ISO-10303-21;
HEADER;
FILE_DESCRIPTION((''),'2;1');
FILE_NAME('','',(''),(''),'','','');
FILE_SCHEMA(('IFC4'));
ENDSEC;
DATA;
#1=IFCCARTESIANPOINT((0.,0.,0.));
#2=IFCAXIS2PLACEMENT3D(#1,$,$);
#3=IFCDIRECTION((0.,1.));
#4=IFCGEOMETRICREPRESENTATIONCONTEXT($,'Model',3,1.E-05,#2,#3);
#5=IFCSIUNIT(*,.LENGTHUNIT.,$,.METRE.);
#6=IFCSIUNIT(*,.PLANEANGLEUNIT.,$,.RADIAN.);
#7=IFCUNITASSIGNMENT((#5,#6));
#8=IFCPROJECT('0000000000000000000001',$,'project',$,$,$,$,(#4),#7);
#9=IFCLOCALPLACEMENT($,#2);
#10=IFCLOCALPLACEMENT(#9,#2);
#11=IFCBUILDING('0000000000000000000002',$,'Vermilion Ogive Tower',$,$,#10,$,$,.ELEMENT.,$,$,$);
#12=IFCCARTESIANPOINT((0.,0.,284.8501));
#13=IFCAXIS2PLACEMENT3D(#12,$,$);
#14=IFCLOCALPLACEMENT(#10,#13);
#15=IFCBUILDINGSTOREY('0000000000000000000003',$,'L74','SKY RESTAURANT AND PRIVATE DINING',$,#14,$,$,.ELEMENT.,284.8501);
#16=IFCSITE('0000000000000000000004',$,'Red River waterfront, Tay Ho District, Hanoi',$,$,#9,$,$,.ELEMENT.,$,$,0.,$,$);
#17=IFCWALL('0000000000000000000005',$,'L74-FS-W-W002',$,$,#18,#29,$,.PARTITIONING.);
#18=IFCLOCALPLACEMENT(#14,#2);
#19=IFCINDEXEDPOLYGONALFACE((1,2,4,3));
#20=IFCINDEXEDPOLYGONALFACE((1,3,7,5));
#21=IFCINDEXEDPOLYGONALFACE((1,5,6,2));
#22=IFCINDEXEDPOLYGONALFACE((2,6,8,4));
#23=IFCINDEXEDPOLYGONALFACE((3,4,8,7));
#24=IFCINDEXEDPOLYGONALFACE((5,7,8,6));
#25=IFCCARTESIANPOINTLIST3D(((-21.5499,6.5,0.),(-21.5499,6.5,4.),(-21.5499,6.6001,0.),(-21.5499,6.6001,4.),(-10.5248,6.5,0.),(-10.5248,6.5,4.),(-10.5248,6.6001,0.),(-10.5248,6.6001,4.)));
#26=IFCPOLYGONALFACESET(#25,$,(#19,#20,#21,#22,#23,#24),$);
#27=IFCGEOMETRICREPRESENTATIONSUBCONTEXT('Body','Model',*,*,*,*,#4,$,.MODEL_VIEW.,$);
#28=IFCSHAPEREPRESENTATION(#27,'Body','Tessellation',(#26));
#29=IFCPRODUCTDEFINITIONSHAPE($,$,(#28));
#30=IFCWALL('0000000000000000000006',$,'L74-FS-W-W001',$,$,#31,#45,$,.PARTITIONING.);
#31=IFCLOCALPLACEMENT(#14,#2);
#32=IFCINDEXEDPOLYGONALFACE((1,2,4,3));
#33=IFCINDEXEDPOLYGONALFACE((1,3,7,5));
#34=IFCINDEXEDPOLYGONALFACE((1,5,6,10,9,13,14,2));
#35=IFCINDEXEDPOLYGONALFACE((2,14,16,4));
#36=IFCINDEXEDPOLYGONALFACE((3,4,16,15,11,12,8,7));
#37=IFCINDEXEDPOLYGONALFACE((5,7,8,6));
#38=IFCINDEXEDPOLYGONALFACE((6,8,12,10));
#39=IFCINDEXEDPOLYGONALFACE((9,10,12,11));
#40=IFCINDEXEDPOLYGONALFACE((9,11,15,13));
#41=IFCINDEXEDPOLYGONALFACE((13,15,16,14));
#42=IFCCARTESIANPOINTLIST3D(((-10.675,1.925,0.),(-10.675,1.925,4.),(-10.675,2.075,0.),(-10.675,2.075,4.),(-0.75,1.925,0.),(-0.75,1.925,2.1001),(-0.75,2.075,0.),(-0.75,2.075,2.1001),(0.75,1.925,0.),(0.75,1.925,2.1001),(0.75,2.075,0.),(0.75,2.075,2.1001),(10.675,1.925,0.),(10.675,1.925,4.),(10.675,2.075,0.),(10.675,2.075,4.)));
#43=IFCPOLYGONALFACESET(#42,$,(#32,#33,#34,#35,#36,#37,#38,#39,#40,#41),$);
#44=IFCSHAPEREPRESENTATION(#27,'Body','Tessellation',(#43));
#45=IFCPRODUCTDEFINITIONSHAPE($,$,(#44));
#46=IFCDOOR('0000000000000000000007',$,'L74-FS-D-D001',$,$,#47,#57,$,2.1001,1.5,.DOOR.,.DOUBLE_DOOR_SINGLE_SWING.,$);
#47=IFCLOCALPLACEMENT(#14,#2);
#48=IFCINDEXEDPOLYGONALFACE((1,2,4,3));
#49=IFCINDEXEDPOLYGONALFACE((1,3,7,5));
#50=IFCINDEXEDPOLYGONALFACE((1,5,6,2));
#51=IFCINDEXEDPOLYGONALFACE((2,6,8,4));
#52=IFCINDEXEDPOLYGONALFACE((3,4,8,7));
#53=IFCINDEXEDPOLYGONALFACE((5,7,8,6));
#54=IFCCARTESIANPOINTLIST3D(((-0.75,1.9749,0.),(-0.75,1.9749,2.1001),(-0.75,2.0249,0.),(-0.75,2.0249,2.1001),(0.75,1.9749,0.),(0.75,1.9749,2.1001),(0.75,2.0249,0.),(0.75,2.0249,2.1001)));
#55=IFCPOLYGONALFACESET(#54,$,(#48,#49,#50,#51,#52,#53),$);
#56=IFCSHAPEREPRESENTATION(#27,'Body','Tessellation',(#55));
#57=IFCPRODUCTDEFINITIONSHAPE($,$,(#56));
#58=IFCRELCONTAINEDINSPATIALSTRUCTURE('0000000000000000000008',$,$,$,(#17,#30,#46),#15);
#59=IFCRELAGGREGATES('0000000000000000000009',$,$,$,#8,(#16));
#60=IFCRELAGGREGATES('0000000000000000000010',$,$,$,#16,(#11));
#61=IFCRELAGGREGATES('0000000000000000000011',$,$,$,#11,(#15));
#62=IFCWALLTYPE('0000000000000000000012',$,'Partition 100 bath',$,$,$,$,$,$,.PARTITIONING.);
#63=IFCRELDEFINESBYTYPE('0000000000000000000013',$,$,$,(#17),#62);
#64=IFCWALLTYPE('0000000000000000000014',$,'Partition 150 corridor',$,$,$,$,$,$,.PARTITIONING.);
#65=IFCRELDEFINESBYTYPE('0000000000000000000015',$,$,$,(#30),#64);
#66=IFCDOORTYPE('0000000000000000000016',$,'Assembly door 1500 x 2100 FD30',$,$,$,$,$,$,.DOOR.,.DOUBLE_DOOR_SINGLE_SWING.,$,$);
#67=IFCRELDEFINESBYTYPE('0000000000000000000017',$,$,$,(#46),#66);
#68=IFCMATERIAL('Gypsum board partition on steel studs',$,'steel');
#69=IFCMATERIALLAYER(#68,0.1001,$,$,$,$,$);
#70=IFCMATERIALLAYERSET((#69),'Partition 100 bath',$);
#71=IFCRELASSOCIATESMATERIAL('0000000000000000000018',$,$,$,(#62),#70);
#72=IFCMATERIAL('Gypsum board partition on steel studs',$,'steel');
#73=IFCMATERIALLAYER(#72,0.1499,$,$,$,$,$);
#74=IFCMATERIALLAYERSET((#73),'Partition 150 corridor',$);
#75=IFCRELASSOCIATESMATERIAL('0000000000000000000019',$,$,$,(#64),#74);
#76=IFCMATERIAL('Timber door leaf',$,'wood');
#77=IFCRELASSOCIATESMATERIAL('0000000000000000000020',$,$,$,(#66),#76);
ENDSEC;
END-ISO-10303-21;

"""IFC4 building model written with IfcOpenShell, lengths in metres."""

from ifc_helpers import new_model, si_unit, direction, frame, frame_2d, origin, place, context, subcontext, project, spatial, rectangle, extrude, material, layer, layer_set, type_object, element, fill, save


model = new_model("IFC4")

# Units and contexts
model_context = context("Model", 3, precision=1e-05, world=origin(), true_north=direction((0.0, 1.0)))
body_context = subcontext(model_context, "Body", "Model", "MODEL_VIEW")
ifc_project = project(units=[si_unit("LENGTHUNIT", "METRE"), si_unit("PLANEANGLEUNIT", "RADIAN")], contexts=[model_context])

# Site, building, storey
site_placement = place(None, origin())
site = spatial("IfcSite", under=ifc_project, at=site_placement, Name="Red River waterfront, Tay Ho District, Hanoi", CompositionType="ELEMENT", RefElevation=0.0)
building_placement = place(site_placement, origin())
building = spatial("IfcBuilding", under=site, at=building_placement, Name="Vermilion Ogive Tower", CompositionType="ELEMENT")
storey_placement = place(building_placement, frame((0.0, 0.0, 284.8501)))
storey = spatial("IfcBuildingStorey", under=building, at=storey_placement, Name="L74", Description="SKY RESTAURANT AND PRIVATE DINING", CompositionType="ELEMENT", Elevation=284.8501)

# Wall
ifc_material_1 = material(Name="Gypsum board partition on steel studs", Category="steel")
ifc_layer_1 = layer(ifc_material_1, 0.1001)
ifc_layer_set_1 = layer_set([ifc_layer_1], Name="Partition 100 bath")
wall_type_1 = type_object("IfcWallType", Name="Partition 100 bath", PredefinedType="PARTITIONING", material=ifc_layer_set_1)
wall_1_placement = place(storey_placement, frame((-21.55, 6.55, 0.0), z_axis=(0.0, 0.0, 1.0), x_axis=(1.0, 0.0, 0.0)))
element("IfcWall", 1, at=wall_1_placement, inside=storey, type_object=wall_type_1, Name="L74-FS-W-W002", PredefinedType="PARTITIONING", context=body_context, shape_type="SweptSolid", body=[
    extrude(rectangle(XDim=11.0251, YDim=0.1001, at=frame_2d((5.5127, 0.0))), origin(), (0.0, 0.0, 1.0), 4.0),
])

# Wall, opening, door
ifc_material_2 = material(Name="Gypsum board partition on steel studs", Category="steel")
ifc_layer_2 = layer(ifc_material_2, 0.1499)
ifc_layer_set_2 = layer_set([ifc_layer_2], Name="Partition 150 corridor")
wall_type_2 = type_object("IfcWallType", Name="Partition 150 corridor", PredefinedType="PARTITIONING", material=ifc_layer_set_2)
wall_2_placement = place(storey_placement, frame((-10.675, 2.0, 0.0), z_axis=(0.0, 0.0, 1.0), x_axis=(1.0, 0.0, 0.0)))
wall_2 = element("IfcWall", 2, at=wall_2_placement, inside=storey, type_object=wall_type_2, Name="L74-FS-W-W001", PredefinedType="PARTITIONING", context=body_context, shape_type="SweptSolid", body=[
    extrude(rectangle(XDim=21.3501, YDim=0.1499, at=frame_2d((10.675, 0.0))), origin(), (0.0, 0.0, 1.0), 4.0),
])
opening_placement = place(wall_2_placement, frame((9.925, 0.0, 0.0)))
opening = element("IfcOpeningElement", 3, at=opening_placement, cuts=wall_2, PredefinedType="OPENING", context=body_context, shape_type="SweptSolid", body=[
    extrude(rectangle(XDim=1.5, YDim=2.1001, at=frame_2d((0.75, 1.05))), frame((0.0, 0.085, 0.0), z_axis=(0.0, -1.0, 0.0), x_axis=(1.0, 0.0, 0.0)), (0.0, 0.0, 1.0), 0.1699),
])
ifc_material_3 = material(Name="Timber door leaf", Category="wood")
door_type = type_object("IfcDoorType", Name="Assembly door 1500 x 2100 FD30", OperationType="DOUBLE_DOOR_SINGLE_SWING", PredefinedType="DOOR", material=ifc_material_3)
door_placement = place(opening_placement, origin())
door = element("IfcDoor", 4, at=door_placement, inside=storey, type_object=door_type, Name="L74-FS-D-D001", OperationType="DOUBLE_DOOR_SINGLE_SWING", OverallHeight=2.1001, OverallWidth=1.5, PredefinedType="DOOR", context=body_context, shape_type="SweptSolid", body=[
    extrude(rectangle(XDim=1.5, YDim=2.1001, at=frame_2d((0.75, 1.05))), frame((0.0, 0.0249, 0.0), z_axis=(0.0, -1.0, 0.0), x_axis=(1.0, 0.0, 0.0)), (0.0, 0.0, 1.0), 0.05),
])
fill(opening, door)

save(model, "model.ifc")
